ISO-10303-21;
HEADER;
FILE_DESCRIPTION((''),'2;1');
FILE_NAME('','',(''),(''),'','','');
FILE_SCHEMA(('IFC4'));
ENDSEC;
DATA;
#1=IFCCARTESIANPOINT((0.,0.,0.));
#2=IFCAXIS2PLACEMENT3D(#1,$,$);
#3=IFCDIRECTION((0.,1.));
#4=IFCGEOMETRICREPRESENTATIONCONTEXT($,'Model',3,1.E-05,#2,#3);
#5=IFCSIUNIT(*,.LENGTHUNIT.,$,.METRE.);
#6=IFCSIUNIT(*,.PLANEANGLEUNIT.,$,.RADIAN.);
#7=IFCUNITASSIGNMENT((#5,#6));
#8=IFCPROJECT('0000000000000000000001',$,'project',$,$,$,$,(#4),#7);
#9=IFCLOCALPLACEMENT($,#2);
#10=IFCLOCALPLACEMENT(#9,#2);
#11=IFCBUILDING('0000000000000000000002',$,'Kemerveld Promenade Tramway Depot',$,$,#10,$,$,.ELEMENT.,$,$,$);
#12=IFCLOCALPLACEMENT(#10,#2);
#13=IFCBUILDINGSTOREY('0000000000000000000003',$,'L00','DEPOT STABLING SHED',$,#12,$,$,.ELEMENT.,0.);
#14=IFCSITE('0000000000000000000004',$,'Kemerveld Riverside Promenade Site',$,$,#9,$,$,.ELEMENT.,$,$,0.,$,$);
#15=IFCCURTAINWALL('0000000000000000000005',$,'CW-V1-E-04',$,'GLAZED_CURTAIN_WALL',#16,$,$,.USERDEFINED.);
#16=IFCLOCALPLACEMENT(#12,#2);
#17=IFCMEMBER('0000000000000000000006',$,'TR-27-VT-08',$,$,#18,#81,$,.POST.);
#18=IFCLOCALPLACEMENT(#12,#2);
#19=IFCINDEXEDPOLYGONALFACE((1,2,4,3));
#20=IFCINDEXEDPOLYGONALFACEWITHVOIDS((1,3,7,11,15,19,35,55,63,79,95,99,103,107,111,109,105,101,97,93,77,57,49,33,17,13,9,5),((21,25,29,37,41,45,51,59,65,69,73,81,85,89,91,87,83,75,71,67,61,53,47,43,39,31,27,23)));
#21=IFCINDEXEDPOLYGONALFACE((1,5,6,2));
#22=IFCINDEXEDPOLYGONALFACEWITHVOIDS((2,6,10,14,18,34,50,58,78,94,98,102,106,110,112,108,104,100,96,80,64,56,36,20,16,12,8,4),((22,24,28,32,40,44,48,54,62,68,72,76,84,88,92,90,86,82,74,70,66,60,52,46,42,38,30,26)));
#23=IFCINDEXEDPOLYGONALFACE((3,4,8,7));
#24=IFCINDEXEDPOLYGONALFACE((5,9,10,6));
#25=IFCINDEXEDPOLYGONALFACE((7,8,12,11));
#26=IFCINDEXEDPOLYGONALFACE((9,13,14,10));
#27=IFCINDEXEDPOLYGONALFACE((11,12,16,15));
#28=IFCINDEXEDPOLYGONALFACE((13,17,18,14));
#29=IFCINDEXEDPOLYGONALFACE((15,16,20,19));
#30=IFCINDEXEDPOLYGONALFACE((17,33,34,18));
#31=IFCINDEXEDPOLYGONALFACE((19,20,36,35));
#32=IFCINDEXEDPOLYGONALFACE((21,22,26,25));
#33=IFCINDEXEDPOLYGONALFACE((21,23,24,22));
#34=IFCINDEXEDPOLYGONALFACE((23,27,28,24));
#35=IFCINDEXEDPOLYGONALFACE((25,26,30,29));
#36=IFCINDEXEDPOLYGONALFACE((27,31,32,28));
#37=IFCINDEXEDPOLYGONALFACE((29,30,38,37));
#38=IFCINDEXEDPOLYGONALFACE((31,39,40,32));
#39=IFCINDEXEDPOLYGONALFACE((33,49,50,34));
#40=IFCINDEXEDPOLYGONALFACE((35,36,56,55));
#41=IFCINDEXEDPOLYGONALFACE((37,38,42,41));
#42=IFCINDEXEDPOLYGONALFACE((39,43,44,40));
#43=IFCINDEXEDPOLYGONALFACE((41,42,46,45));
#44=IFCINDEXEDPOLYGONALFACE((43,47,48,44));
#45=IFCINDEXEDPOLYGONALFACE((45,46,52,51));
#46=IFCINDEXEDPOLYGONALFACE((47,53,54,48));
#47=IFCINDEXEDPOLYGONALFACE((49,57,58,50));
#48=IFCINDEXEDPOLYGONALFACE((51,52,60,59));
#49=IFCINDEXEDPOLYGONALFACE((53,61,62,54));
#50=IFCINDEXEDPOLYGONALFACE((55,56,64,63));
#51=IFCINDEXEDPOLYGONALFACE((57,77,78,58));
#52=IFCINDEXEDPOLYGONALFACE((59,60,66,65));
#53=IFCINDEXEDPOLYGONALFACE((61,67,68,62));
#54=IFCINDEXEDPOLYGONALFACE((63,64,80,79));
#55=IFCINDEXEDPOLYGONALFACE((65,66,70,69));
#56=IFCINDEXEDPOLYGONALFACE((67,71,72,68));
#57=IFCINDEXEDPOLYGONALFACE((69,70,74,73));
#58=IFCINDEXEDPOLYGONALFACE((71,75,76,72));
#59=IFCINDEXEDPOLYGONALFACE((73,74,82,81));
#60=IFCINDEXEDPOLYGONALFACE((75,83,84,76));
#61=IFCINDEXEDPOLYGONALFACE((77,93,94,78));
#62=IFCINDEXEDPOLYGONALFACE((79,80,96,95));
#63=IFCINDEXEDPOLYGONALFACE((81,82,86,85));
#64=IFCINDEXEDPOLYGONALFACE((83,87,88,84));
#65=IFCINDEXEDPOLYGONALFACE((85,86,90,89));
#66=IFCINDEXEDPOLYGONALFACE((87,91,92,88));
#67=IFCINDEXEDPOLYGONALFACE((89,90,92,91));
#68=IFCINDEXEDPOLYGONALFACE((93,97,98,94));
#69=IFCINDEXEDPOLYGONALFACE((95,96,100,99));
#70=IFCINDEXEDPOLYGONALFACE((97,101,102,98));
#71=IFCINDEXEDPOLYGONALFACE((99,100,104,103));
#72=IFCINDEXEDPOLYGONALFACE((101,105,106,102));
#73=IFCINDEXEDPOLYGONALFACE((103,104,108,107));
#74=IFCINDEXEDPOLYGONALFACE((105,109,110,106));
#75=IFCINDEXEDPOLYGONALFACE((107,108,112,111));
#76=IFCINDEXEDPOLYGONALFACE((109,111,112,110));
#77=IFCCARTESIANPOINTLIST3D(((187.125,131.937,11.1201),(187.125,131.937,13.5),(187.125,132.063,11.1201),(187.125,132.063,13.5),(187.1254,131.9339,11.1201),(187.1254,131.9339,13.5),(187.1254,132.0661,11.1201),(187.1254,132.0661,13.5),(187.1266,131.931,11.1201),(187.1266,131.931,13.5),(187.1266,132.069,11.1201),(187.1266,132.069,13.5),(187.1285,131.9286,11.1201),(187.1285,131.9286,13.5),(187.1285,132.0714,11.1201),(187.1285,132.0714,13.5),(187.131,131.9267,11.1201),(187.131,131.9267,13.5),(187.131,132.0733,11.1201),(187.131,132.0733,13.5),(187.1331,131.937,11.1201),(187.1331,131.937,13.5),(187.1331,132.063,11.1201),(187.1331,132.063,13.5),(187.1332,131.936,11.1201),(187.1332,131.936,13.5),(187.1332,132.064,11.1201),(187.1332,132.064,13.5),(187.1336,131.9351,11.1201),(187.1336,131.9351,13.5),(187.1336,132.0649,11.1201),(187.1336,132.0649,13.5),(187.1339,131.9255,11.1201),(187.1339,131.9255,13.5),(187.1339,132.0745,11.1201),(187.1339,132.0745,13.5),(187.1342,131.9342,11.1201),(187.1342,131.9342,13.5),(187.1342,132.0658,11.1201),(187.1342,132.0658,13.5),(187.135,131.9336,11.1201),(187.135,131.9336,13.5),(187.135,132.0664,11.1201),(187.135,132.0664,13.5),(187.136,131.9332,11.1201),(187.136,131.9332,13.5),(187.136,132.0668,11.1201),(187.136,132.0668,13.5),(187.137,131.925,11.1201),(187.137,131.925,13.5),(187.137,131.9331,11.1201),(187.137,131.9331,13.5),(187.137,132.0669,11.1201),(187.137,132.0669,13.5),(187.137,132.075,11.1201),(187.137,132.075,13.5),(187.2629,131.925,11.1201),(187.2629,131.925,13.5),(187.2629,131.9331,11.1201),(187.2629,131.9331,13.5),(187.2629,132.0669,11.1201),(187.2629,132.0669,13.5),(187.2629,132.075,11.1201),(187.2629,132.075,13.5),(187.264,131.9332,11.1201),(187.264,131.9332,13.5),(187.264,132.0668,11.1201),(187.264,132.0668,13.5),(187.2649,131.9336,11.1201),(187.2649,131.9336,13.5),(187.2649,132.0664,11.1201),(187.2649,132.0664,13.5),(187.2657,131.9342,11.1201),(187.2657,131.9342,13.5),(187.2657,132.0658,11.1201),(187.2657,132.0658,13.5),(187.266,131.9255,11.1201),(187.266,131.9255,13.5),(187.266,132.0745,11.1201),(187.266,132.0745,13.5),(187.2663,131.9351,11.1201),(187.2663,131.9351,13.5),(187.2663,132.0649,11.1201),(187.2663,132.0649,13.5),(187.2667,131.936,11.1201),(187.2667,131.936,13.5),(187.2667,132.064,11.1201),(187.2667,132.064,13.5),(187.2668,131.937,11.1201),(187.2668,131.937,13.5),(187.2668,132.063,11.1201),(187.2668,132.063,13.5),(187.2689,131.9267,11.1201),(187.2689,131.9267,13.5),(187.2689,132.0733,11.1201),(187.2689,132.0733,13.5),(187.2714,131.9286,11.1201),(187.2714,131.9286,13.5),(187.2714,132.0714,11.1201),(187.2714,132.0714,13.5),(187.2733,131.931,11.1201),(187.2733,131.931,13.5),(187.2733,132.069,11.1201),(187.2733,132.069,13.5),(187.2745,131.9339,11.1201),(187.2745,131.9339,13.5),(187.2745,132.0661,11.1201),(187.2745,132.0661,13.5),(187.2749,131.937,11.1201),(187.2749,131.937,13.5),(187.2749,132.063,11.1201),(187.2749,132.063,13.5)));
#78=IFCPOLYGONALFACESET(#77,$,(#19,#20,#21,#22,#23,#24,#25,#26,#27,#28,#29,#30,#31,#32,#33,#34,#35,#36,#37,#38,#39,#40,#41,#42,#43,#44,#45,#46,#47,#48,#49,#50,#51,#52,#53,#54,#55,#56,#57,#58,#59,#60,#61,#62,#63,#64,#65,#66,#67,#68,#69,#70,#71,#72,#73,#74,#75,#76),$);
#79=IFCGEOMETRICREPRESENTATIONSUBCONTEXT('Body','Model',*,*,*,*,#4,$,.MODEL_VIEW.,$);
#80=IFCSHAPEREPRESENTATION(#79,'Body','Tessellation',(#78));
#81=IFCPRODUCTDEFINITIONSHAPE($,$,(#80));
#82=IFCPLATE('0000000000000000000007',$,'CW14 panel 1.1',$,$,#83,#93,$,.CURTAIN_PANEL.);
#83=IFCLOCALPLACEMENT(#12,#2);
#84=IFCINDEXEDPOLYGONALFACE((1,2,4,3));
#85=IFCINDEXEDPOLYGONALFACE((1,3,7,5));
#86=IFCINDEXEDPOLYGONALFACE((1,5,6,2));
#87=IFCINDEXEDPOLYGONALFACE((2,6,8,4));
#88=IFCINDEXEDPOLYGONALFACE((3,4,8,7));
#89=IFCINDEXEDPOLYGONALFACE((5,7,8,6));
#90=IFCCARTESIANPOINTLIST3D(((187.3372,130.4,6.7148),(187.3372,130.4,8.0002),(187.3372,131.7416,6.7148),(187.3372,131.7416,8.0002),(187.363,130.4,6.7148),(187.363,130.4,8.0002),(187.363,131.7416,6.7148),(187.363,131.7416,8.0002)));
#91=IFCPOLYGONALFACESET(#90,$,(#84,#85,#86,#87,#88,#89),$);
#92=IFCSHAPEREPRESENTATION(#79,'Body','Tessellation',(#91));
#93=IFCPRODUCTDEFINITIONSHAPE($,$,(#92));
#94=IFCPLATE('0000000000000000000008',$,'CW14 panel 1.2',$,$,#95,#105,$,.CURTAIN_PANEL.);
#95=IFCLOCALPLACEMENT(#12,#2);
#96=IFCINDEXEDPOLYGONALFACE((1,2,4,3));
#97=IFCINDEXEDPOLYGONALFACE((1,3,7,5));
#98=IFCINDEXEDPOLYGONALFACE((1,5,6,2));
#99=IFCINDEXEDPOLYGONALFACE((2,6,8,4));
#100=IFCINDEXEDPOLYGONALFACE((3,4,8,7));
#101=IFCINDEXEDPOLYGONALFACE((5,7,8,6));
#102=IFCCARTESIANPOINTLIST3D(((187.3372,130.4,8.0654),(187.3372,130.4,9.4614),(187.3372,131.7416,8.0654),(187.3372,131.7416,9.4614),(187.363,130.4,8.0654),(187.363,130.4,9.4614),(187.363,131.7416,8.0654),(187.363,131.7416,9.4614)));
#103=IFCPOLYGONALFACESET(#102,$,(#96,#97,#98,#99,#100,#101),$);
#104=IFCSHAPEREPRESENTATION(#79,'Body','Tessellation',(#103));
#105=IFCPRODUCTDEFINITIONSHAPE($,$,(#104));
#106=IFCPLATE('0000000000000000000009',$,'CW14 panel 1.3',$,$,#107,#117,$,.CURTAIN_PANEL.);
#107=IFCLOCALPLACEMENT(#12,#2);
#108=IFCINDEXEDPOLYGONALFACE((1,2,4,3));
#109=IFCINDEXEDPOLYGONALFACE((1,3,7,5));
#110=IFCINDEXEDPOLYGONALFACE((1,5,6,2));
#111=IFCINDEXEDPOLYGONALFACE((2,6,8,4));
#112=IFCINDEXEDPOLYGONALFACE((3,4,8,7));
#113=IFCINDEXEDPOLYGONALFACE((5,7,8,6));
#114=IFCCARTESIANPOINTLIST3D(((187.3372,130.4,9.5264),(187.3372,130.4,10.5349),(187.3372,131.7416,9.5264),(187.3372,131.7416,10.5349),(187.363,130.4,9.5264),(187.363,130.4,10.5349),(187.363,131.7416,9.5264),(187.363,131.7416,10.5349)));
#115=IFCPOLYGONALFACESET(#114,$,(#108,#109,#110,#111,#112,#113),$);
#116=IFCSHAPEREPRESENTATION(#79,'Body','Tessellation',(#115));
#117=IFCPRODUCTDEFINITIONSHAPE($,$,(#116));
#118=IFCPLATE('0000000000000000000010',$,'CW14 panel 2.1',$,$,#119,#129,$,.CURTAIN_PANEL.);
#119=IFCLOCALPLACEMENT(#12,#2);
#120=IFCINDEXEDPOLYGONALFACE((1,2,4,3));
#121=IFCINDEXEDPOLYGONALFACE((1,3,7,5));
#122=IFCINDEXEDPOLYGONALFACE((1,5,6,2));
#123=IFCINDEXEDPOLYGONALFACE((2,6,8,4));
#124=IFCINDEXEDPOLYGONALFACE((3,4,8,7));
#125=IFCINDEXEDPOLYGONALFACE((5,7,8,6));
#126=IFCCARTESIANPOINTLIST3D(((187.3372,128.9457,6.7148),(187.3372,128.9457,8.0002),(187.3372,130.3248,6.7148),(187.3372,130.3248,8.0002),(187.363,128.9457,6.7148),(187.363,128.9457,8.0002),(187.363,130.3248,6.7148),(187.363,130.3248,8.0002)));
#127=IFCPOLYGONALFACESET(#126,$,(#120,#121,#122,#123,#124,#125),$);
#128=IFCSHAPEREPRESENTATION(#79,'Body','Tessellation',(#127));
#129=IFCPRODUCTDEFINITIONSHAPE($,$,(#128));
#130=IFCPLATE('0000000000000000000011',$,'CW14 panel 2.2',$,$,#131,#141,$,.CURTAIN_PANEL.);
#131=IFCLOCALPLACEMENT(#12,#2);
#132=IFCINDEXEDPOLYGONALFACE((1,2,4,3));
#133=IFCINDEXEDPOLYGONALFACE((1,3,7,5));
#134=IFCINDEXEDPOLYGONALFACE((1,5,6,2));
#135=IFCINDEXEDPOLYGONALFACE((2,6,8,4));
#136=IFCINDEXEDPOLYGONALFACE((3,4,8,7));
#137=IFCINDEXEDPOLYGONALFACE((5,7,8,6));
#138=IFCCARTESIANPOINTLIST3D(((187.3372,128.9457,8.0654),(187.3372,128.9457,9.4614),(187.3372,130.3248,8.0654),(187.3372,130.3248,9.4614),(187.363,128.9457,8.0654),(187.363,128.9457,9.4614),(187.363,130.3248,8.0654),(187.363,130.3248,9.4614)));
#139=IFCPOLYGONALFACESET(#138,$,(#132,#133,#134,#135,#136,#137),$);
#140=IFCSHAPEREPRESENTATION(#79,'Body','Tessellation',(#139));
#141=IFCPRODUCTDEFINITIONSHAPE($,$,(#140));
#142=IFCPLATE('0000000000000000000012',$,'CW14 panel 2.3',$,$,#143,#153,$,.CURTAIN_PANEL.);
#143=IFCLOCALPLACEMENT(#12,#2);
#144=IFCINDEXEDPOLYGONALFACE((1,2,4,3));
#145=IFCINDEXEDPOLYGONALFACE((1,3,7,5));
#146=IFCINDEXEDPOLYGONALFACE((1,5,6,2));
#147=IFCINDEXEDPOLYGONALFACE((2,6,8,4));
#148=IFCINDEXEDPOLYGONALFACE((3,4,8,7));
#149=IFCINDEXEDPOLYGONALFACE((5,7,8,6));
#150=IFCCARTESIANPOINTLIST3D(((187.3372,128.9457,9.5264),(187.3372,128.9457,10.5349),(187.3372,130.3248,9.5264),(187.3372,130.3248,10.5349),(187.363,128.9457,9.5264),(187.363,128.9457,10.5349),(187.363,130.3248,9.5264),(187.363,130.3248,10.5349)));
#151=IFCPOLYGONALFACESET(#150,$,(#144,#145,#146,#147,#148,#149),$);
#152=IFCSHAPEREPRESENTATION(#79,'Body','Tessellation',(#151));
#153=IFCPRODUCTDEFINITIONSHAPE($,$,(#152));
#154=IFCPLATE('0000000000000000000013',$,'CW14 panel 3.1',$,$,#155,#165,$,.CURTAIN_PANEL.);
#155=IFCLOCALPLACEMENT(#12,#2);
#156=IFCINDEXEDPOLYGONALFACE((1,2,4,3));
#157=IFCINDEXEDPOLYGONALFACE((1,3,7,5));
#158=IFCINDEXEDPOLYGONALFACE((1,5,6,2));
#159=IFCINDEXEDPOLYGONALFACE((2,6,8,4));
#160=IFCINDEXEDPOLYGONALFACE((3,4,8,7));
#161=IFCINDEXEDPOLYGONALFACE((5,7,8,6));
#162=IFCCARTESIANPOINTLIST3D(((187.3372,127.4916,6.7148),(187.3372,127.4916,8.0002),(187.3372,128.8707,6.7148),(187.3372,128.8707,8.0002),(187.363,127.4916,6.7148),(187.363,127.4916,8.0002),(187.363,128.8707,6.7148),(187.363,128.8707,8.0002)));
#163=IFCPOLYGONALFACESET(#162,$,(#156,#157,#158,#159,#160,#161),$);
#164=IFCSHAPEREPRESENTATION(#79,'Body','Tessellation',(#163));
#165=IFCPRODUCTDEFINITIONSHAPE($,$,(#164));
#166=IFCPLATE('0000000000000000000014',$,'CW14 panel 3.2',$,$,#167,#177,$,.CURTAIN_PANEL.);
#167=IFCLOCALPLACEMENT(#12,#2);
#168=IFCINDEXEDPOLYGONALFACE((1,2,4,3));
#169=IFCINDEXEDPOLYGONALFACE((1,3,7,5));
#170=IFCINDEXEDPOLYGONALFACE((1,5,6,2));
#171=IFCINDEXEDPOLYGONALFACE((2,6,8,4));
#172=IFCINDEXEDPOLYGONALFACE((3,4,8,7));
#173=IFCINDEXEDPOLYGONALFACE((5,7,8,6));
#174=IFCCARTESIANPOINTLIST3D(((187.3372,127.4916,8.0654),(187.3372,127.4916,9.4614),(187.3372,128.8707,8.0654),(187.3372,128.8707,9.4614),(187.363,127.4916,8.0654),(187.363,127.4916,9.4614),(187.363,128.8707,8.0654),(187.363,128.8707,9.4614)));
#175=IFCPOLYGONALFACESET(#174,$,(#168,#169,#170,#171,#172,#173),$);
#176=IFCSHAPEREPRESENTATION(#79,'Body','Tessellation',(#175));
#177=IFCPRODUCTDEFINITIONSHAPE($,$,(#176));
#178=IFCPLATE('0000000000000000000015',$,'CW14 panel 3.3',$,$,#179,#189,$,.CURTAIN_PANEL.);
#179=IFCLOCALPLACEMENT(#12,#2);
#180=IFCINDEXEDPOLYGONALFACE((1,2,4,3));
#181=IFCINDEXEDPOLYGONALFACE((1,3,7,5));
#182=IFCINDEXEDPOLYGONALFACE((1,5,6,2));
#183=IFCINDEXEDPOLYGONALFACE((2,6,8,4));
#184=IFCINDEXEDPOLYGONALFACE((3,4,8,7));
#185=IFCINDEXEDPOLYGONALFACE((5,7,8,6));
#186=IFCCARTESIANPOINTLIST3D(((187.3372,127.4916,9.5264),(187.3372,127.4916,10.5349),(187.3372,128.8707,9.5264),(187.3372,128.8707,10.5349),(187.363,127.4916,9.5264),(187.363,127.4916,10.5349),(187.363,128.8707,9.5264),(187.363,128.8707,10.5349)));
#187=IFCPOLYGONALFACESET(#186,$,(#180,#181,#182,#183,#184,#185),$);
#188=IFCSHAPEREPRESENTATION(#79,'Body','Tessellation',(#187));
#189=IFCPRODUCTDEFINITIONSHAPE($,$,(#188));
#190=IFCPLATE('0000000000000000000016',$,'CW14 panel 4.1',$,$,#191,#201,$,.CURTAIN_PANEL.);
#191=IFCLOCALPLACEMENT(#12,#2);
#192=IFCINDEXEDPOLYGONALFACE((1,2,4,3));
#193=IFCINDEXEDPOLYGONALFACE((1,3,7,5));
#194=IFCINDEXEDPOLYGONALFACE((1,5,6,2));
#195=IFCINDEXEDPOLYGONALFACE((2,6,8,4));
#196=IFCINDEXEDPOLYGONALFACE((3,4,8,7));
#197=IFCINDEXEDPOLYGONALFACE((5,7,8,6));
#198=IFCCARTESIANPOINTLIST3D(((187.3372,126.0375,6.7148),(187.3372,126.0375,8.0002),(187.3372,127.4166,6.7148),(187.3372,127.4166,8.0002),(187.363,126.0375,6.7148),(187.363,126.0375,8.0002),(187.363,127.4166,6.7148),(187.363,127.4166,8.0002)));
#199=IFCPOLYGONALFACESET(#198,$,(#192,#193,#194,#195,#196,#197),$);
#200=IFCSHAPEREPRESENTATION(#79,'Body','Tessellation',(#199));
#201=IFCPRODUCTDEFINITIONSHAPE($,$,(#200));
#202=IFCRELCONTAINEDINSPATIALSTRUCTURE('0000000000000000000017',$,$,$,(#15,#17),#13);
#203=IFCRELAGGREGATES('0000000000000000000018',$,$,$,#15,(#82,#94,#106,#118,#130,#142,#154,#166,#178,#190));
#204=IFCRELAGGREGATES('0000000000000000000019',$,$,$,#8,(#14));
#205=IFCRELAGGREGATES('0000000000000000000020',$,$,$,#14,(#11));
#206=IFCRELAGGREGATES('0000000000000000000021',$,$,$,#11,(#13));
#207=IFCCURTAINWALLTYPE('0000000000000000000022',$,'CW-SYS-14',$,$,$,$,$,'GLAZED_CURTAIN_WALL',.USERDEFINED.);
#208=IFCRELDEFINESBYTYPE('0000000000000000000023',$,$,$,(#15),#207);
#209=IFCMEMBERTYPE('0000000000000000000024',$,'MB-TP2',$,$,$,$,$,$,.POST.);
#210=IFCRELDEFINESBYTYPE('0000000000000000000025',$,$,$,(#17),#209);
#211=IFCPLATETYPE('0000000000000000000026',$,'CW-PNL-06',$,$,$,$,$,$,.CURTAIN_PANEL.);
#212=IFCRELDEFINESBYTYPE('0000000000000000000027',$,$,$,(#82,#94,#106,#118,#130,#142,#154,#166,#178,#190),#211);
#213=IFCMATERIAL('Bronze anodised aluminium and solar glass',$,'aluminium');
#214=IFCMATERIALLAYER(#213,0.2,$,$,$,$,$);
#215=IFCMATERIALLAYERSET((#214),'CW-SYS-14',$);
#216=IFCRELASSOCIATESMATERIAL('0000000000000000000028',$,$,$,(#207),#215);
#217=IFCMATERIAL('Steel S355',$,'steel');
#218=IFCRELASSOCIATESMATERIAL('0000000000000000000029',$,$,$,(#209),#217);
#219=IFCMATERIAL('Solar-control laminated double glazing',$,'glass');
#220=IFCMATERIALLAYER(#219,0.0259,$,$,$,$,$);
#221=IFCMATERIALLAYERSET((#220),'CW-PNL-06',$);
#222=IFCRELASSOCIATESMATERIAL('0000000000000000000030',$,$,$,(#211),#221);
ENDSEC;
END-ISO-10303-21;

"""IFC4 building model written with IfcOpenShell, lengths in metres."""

from ifc_helpers import new_model, si_unit, direction, frame, origin, origin_2d, place, context, subcontext, project, spatial, rectangle, hollow_rectangle, extrude, material, layer, layer_set, material_profile, profile_set, type_object, element, aggregate, save


model = new_model("IFC4")

# Units and contexts
model_context = context("Model", 3, precision=1e-05, world=origin(), true_north=direction((0.0, 1.0)))
body_context = subcontext(model_context, "Body", "Model", "MODEL_VIEW")
ifc_project = project(units=[si_unit("LENGTHUNIT", "METRE"), si_unit("PLANEANGLEUNIT", "RADIAN")], contexts=[model_context])

# Site, building, storey
site_placement = place(None, origin())
site = spatial("IfcSite", under=ifc_project, at=site_placement, Name="Kemerveld Riverside Promenade Site", CompositionType="ELEMENT", RefElevation=0.0)
building_placement = place(site_placement, origin())
building = spatial("IfcBuilding", under=site, at=building_placement, Name="Kemerveld Promenade Tramway Depot", CompositionType="ELEMENT")
storey_placement = place(building_placement, origin())
storey = spatial("IfcBuildingStorey", under=building, at=storey_placement, Name="L00", Description="DEPOT STABLING SHED", CompositionType="ELEMENT", Elevation=0.0)

# Curtain wall
ifc_material_1 = material(Name="Bronze anodised aluminium and solar glass", Category="aluminium")
ifc_layer_1 = layer(ifc_material_1, 0.2)
ifc_layer_set_1 = layer_set([ifc_layer_1], Name="CW-SYS-14")
curtain_wall_type = type_object("IfcCurtainWallType", Name="CW-SYS-14", ElementType="GLAZED_CURTAIN_WALL", PredefinedType="USERDEFINED", material=ifc_layer_set_1)
curtain_wall_placement = place(storey_placement, origin())
curtain_wall = element("IfcCurtainWall", 1, at=curtain_wall_placement, inside=storey, type_object=curtain_wall_type, Name="CW-V1-E-04", ObjectType="GLAZED_CURTAIN_WALL", PredefinedType="USERDEFINED")

# Member
ifc_material_2 = material(Name="Steel S355", Category="steel")
ifc_material_profile_1 = material_profile(ifc_material_2, hollow_rectangle(XDim=0.1499, YDim=0.1499, WallThickness=0.0081, InnerFilletRadius=0.0039, OuterFilletRadius=0.012, at=origin_2d()), Name="150x150x8.0 SHS")
ifc_profile_set_1 = profile_set([ifc_material_profile_1], Name="Steel S355")
member_type_1 = type_object("IfcMemberType", Name="MB-TP2", PredefinedType="POST", material=ifc_profile_set_1)
member_1_placement = place(storey_placement, frame((187.2, 132.0, 11.1201), z_axis=(0.0, 0.0, 1.0), x_axis=(1.0, 0.0, 0.0)))
element("IfcMember", 2, at=member_1_placement, inside=storey, type_object=member_type_1, Name="TR-27-VT-08", PredefinedType="POST", context=body_context, shape_type="SweptSolid", body=[
    extrude(hollow_rectangle(XDim=0.1499, YDim=0.1499, WallThickness=0.0081, InnerFilletRadius=0.0039, OuterFilletRadius=0.012, at=origin_2d()), origin(), (0.0, 0.0, 1.0), 2.3799),
])

# Plates
ifc_material_3 = material(Name="Solar-control laminated double glazing", Category="glass")
ifc_layer_2 = layer(ifc_material_3, 0.0259)
ifc_layer_set_2 = layer_set([ifc_layer_2], Name="CW-PNL-06")
plate_type = type_object("IfcPlateType", Name="CW-PNL-06", PredefinedType="CURTAIN_PANEL", material=ifc_layer_set_2)
plate_1_placement = place(storey_placement, frame((187.3501, 131.0708, 6.7148), z_axis=(0.0, 0.0, 1.0), x_axis=(0.0, -1.0, 0.0)))
plate_1 = element("IfcPlate", 3, at=plate_1_placement, type_object=plate_type, Name="CW14 panel 1.1", PredefinedType="CURTAIN_PANEL", context=body_context, shape_type="SweptSolid", body=[
    extrude(rectangle(XDim=1.3416, YDim=0.0259, at=origin_2d()), origin(), (0.0, 0.0, 1.0), 1.2854),
])
plate_2_placement = place(storey_placement, frame((187.3501, 131.0708, 8.0654), z_axis=(0.0, 0.0, 1.0), x_axis=(0.0, -1.0, 0.0)))
plate_2 = element("IfcPlate", 4, at=plate_2_placement, type_object=plate_type, Name="CW14 panel 1.2", PredefinedType="CURTAIN_PANEL", context=body_context, shape_type="SweptSolid", body=[
    extrude(rectangle(XDim=1.3416, YDim=0.0259, at=origin_2d()), origin(), (0.0, 0.0, 1.0), 1.396),
])
plate_3_placement = place(storey_placement, frame((187.3501, 131.0708, 9.5264), z_axis=(0.0, 0.0, 1.0), x_axis=(0.0, -1.0, 0.0)))
plate_3 = element("IfcPlate", 5, at=plate_3_placement, type_object=plate_type, Name="CW14 panel 1.3", PredefinedType="CURTAIN_PANEL", context=body_context, shape_type="SweptSolid", body=[
    extrude(rectangle(XDim=1.3416, YDim=0.0259, at=origin_2d()), origin(), (0.0, 0.0, 1.0), 1.0085),
])
plate_4_placement = place(storey_placement, frame((187.3501, 129.6353, 6.7148), z_axis=(0.0, 0.0, 1.0), x_axis=(0.0, -1.0, 0.0)))
plate_4 = element("IfcPlate", 6, at=plate_4_placement, type_object=plate_type, Name="CW14 panel 2.1", PredefinedType="CURTAIN_PANEL", context=body_context, shape_type="SweptSolid", body=[
    extrude(rectangle(XDim=1.3792, YDim=0.0259, at=origin_2d()), origin(), (0.0, 0.0, 1.0), 1.2854),
])
plate_5_placement = place(storey_placement, frame((187.3501, 129.6353, 8.0654), z_axis=(0.0, 0.0, 1.0), x_axis=(0.0, -1.0, 0.0)))
plate_5 = element("IfcPlate", 7, at=plate_5_placement, type_object=plate_type, Name="CW14 panel 2.2", PredefinedType="CURTAIN_PANEL", context=body_context, shape_type="SweptSolid", body=[
    extrude(rectangle(XDim=1.3792, YDim=0.0259, at=origin_2d()), origin(), (0.0, 0.0, 1.0), 1.396),
])
plate_6_placement = place(storey_placement, frame((187.3501, 129.6353, 9.5264), z_axis=(0.0, 0.0, 1.0), x_axis=(0.0, -1.0, 0.0)))
plate_6 = element("IfcPlate", 8, at=plate_6_placement, type_object=plate_type, Name="CW14 panel 2.3", PredefinedType="CURTAIN_PANEL", context=body_context, shape_type="SweptSolid", body=[
    extrude(rectangle(XDim=1.3792, YDim=0.0259, at=origin_2d()), origin(), (0.0, 0.0, 1.0), 1.0085),
])
plate_7_placement = place(storey_placement, frame((187.3501, 128.1812, 6.7148), z_axis=(0.0, 0.0, 1.0), x_axis=(0.0, -1.0, 0.0)))
plate_7 = element("IfcPlate", 9, at=plate_7_placement, type_object=plate_type, Name="CW14 panel 3.1", PredefinedType="CURTAIN_PANEL", context=body_context, shape_type="SweptSolid", body=[
    extrude(rectangle(XDim=1.3792, YDim=0.0259, at=origin_2d()), origin(), (0.0, 0.0, 1.0), 1.2854),
])
plate_8_placement = place(storey_placement, frame((187.3501, 128.1812, 8.0654), z_axis=(0.0, 0.0, 1.0), x_axis=(0.0, -1.0, 0.0)))
plate_8 = element("IfcPlate", 10, at=plate_8_placement, type_object=plate_type, Name="CW14 panel 3.2", PredefinedType="CURTAIN_PANEL", context=body_context, shape_type="SweptSolid", body=[
    extrude(rectangle(XDim=1.3792, YDim=0.0259, at=origin_2d()), origin(), (0.0, 0.0, 1.0), 1.396),
])
plate_9_placement = place(storey_placement, frame((187.3501, 128.1812, 9.5264), z_axis=(0.0, 0.0, 1.0), x_axis=(0.0, -1.0, 0.0)))
plate_9 = element("IfcPlate", 11, at=plate_9_placement, type_object=plate_type, Name="CW14 panel 3.3", PredefinedType="CURTAIN_PANEL", context=body_context, shape_type="SweptSolid", body=[
    extrude(rectangle(XDim=1.3792, YDim=0.0259, at=origin_2d()), origin(), (0.0, 0.0, 1.0), 1.0085),
])
plate_10_placement = place(storey_placement, frame((187.3501, 126.7271, 6.7148), z_axis=(0.0, 0.0, 1.0), x_axis=(0.0, -1.0, 0.0)))
plate_10 = element("IfcPlate", 12, at=plate_10_placement, type_object=plate_type, Name="CW14 panel 4.1", PredefinedType="CURTAIN_PANEL", context=body_context, shape_type="SweptSolid", body=[
    extrude(rectangle(XDim=1.3792, YDim=0.0259, at=origin_2d()), origin(), (0.0, 0.0, 1.0), 1.2854),
])
aggregate(curtain_wall, [plate_1, plate_2, plate_3, plate_4, plate_5, plate_6, plate_7, plate_8, plate_9, plate_10])

save(model, "model.ifc")
